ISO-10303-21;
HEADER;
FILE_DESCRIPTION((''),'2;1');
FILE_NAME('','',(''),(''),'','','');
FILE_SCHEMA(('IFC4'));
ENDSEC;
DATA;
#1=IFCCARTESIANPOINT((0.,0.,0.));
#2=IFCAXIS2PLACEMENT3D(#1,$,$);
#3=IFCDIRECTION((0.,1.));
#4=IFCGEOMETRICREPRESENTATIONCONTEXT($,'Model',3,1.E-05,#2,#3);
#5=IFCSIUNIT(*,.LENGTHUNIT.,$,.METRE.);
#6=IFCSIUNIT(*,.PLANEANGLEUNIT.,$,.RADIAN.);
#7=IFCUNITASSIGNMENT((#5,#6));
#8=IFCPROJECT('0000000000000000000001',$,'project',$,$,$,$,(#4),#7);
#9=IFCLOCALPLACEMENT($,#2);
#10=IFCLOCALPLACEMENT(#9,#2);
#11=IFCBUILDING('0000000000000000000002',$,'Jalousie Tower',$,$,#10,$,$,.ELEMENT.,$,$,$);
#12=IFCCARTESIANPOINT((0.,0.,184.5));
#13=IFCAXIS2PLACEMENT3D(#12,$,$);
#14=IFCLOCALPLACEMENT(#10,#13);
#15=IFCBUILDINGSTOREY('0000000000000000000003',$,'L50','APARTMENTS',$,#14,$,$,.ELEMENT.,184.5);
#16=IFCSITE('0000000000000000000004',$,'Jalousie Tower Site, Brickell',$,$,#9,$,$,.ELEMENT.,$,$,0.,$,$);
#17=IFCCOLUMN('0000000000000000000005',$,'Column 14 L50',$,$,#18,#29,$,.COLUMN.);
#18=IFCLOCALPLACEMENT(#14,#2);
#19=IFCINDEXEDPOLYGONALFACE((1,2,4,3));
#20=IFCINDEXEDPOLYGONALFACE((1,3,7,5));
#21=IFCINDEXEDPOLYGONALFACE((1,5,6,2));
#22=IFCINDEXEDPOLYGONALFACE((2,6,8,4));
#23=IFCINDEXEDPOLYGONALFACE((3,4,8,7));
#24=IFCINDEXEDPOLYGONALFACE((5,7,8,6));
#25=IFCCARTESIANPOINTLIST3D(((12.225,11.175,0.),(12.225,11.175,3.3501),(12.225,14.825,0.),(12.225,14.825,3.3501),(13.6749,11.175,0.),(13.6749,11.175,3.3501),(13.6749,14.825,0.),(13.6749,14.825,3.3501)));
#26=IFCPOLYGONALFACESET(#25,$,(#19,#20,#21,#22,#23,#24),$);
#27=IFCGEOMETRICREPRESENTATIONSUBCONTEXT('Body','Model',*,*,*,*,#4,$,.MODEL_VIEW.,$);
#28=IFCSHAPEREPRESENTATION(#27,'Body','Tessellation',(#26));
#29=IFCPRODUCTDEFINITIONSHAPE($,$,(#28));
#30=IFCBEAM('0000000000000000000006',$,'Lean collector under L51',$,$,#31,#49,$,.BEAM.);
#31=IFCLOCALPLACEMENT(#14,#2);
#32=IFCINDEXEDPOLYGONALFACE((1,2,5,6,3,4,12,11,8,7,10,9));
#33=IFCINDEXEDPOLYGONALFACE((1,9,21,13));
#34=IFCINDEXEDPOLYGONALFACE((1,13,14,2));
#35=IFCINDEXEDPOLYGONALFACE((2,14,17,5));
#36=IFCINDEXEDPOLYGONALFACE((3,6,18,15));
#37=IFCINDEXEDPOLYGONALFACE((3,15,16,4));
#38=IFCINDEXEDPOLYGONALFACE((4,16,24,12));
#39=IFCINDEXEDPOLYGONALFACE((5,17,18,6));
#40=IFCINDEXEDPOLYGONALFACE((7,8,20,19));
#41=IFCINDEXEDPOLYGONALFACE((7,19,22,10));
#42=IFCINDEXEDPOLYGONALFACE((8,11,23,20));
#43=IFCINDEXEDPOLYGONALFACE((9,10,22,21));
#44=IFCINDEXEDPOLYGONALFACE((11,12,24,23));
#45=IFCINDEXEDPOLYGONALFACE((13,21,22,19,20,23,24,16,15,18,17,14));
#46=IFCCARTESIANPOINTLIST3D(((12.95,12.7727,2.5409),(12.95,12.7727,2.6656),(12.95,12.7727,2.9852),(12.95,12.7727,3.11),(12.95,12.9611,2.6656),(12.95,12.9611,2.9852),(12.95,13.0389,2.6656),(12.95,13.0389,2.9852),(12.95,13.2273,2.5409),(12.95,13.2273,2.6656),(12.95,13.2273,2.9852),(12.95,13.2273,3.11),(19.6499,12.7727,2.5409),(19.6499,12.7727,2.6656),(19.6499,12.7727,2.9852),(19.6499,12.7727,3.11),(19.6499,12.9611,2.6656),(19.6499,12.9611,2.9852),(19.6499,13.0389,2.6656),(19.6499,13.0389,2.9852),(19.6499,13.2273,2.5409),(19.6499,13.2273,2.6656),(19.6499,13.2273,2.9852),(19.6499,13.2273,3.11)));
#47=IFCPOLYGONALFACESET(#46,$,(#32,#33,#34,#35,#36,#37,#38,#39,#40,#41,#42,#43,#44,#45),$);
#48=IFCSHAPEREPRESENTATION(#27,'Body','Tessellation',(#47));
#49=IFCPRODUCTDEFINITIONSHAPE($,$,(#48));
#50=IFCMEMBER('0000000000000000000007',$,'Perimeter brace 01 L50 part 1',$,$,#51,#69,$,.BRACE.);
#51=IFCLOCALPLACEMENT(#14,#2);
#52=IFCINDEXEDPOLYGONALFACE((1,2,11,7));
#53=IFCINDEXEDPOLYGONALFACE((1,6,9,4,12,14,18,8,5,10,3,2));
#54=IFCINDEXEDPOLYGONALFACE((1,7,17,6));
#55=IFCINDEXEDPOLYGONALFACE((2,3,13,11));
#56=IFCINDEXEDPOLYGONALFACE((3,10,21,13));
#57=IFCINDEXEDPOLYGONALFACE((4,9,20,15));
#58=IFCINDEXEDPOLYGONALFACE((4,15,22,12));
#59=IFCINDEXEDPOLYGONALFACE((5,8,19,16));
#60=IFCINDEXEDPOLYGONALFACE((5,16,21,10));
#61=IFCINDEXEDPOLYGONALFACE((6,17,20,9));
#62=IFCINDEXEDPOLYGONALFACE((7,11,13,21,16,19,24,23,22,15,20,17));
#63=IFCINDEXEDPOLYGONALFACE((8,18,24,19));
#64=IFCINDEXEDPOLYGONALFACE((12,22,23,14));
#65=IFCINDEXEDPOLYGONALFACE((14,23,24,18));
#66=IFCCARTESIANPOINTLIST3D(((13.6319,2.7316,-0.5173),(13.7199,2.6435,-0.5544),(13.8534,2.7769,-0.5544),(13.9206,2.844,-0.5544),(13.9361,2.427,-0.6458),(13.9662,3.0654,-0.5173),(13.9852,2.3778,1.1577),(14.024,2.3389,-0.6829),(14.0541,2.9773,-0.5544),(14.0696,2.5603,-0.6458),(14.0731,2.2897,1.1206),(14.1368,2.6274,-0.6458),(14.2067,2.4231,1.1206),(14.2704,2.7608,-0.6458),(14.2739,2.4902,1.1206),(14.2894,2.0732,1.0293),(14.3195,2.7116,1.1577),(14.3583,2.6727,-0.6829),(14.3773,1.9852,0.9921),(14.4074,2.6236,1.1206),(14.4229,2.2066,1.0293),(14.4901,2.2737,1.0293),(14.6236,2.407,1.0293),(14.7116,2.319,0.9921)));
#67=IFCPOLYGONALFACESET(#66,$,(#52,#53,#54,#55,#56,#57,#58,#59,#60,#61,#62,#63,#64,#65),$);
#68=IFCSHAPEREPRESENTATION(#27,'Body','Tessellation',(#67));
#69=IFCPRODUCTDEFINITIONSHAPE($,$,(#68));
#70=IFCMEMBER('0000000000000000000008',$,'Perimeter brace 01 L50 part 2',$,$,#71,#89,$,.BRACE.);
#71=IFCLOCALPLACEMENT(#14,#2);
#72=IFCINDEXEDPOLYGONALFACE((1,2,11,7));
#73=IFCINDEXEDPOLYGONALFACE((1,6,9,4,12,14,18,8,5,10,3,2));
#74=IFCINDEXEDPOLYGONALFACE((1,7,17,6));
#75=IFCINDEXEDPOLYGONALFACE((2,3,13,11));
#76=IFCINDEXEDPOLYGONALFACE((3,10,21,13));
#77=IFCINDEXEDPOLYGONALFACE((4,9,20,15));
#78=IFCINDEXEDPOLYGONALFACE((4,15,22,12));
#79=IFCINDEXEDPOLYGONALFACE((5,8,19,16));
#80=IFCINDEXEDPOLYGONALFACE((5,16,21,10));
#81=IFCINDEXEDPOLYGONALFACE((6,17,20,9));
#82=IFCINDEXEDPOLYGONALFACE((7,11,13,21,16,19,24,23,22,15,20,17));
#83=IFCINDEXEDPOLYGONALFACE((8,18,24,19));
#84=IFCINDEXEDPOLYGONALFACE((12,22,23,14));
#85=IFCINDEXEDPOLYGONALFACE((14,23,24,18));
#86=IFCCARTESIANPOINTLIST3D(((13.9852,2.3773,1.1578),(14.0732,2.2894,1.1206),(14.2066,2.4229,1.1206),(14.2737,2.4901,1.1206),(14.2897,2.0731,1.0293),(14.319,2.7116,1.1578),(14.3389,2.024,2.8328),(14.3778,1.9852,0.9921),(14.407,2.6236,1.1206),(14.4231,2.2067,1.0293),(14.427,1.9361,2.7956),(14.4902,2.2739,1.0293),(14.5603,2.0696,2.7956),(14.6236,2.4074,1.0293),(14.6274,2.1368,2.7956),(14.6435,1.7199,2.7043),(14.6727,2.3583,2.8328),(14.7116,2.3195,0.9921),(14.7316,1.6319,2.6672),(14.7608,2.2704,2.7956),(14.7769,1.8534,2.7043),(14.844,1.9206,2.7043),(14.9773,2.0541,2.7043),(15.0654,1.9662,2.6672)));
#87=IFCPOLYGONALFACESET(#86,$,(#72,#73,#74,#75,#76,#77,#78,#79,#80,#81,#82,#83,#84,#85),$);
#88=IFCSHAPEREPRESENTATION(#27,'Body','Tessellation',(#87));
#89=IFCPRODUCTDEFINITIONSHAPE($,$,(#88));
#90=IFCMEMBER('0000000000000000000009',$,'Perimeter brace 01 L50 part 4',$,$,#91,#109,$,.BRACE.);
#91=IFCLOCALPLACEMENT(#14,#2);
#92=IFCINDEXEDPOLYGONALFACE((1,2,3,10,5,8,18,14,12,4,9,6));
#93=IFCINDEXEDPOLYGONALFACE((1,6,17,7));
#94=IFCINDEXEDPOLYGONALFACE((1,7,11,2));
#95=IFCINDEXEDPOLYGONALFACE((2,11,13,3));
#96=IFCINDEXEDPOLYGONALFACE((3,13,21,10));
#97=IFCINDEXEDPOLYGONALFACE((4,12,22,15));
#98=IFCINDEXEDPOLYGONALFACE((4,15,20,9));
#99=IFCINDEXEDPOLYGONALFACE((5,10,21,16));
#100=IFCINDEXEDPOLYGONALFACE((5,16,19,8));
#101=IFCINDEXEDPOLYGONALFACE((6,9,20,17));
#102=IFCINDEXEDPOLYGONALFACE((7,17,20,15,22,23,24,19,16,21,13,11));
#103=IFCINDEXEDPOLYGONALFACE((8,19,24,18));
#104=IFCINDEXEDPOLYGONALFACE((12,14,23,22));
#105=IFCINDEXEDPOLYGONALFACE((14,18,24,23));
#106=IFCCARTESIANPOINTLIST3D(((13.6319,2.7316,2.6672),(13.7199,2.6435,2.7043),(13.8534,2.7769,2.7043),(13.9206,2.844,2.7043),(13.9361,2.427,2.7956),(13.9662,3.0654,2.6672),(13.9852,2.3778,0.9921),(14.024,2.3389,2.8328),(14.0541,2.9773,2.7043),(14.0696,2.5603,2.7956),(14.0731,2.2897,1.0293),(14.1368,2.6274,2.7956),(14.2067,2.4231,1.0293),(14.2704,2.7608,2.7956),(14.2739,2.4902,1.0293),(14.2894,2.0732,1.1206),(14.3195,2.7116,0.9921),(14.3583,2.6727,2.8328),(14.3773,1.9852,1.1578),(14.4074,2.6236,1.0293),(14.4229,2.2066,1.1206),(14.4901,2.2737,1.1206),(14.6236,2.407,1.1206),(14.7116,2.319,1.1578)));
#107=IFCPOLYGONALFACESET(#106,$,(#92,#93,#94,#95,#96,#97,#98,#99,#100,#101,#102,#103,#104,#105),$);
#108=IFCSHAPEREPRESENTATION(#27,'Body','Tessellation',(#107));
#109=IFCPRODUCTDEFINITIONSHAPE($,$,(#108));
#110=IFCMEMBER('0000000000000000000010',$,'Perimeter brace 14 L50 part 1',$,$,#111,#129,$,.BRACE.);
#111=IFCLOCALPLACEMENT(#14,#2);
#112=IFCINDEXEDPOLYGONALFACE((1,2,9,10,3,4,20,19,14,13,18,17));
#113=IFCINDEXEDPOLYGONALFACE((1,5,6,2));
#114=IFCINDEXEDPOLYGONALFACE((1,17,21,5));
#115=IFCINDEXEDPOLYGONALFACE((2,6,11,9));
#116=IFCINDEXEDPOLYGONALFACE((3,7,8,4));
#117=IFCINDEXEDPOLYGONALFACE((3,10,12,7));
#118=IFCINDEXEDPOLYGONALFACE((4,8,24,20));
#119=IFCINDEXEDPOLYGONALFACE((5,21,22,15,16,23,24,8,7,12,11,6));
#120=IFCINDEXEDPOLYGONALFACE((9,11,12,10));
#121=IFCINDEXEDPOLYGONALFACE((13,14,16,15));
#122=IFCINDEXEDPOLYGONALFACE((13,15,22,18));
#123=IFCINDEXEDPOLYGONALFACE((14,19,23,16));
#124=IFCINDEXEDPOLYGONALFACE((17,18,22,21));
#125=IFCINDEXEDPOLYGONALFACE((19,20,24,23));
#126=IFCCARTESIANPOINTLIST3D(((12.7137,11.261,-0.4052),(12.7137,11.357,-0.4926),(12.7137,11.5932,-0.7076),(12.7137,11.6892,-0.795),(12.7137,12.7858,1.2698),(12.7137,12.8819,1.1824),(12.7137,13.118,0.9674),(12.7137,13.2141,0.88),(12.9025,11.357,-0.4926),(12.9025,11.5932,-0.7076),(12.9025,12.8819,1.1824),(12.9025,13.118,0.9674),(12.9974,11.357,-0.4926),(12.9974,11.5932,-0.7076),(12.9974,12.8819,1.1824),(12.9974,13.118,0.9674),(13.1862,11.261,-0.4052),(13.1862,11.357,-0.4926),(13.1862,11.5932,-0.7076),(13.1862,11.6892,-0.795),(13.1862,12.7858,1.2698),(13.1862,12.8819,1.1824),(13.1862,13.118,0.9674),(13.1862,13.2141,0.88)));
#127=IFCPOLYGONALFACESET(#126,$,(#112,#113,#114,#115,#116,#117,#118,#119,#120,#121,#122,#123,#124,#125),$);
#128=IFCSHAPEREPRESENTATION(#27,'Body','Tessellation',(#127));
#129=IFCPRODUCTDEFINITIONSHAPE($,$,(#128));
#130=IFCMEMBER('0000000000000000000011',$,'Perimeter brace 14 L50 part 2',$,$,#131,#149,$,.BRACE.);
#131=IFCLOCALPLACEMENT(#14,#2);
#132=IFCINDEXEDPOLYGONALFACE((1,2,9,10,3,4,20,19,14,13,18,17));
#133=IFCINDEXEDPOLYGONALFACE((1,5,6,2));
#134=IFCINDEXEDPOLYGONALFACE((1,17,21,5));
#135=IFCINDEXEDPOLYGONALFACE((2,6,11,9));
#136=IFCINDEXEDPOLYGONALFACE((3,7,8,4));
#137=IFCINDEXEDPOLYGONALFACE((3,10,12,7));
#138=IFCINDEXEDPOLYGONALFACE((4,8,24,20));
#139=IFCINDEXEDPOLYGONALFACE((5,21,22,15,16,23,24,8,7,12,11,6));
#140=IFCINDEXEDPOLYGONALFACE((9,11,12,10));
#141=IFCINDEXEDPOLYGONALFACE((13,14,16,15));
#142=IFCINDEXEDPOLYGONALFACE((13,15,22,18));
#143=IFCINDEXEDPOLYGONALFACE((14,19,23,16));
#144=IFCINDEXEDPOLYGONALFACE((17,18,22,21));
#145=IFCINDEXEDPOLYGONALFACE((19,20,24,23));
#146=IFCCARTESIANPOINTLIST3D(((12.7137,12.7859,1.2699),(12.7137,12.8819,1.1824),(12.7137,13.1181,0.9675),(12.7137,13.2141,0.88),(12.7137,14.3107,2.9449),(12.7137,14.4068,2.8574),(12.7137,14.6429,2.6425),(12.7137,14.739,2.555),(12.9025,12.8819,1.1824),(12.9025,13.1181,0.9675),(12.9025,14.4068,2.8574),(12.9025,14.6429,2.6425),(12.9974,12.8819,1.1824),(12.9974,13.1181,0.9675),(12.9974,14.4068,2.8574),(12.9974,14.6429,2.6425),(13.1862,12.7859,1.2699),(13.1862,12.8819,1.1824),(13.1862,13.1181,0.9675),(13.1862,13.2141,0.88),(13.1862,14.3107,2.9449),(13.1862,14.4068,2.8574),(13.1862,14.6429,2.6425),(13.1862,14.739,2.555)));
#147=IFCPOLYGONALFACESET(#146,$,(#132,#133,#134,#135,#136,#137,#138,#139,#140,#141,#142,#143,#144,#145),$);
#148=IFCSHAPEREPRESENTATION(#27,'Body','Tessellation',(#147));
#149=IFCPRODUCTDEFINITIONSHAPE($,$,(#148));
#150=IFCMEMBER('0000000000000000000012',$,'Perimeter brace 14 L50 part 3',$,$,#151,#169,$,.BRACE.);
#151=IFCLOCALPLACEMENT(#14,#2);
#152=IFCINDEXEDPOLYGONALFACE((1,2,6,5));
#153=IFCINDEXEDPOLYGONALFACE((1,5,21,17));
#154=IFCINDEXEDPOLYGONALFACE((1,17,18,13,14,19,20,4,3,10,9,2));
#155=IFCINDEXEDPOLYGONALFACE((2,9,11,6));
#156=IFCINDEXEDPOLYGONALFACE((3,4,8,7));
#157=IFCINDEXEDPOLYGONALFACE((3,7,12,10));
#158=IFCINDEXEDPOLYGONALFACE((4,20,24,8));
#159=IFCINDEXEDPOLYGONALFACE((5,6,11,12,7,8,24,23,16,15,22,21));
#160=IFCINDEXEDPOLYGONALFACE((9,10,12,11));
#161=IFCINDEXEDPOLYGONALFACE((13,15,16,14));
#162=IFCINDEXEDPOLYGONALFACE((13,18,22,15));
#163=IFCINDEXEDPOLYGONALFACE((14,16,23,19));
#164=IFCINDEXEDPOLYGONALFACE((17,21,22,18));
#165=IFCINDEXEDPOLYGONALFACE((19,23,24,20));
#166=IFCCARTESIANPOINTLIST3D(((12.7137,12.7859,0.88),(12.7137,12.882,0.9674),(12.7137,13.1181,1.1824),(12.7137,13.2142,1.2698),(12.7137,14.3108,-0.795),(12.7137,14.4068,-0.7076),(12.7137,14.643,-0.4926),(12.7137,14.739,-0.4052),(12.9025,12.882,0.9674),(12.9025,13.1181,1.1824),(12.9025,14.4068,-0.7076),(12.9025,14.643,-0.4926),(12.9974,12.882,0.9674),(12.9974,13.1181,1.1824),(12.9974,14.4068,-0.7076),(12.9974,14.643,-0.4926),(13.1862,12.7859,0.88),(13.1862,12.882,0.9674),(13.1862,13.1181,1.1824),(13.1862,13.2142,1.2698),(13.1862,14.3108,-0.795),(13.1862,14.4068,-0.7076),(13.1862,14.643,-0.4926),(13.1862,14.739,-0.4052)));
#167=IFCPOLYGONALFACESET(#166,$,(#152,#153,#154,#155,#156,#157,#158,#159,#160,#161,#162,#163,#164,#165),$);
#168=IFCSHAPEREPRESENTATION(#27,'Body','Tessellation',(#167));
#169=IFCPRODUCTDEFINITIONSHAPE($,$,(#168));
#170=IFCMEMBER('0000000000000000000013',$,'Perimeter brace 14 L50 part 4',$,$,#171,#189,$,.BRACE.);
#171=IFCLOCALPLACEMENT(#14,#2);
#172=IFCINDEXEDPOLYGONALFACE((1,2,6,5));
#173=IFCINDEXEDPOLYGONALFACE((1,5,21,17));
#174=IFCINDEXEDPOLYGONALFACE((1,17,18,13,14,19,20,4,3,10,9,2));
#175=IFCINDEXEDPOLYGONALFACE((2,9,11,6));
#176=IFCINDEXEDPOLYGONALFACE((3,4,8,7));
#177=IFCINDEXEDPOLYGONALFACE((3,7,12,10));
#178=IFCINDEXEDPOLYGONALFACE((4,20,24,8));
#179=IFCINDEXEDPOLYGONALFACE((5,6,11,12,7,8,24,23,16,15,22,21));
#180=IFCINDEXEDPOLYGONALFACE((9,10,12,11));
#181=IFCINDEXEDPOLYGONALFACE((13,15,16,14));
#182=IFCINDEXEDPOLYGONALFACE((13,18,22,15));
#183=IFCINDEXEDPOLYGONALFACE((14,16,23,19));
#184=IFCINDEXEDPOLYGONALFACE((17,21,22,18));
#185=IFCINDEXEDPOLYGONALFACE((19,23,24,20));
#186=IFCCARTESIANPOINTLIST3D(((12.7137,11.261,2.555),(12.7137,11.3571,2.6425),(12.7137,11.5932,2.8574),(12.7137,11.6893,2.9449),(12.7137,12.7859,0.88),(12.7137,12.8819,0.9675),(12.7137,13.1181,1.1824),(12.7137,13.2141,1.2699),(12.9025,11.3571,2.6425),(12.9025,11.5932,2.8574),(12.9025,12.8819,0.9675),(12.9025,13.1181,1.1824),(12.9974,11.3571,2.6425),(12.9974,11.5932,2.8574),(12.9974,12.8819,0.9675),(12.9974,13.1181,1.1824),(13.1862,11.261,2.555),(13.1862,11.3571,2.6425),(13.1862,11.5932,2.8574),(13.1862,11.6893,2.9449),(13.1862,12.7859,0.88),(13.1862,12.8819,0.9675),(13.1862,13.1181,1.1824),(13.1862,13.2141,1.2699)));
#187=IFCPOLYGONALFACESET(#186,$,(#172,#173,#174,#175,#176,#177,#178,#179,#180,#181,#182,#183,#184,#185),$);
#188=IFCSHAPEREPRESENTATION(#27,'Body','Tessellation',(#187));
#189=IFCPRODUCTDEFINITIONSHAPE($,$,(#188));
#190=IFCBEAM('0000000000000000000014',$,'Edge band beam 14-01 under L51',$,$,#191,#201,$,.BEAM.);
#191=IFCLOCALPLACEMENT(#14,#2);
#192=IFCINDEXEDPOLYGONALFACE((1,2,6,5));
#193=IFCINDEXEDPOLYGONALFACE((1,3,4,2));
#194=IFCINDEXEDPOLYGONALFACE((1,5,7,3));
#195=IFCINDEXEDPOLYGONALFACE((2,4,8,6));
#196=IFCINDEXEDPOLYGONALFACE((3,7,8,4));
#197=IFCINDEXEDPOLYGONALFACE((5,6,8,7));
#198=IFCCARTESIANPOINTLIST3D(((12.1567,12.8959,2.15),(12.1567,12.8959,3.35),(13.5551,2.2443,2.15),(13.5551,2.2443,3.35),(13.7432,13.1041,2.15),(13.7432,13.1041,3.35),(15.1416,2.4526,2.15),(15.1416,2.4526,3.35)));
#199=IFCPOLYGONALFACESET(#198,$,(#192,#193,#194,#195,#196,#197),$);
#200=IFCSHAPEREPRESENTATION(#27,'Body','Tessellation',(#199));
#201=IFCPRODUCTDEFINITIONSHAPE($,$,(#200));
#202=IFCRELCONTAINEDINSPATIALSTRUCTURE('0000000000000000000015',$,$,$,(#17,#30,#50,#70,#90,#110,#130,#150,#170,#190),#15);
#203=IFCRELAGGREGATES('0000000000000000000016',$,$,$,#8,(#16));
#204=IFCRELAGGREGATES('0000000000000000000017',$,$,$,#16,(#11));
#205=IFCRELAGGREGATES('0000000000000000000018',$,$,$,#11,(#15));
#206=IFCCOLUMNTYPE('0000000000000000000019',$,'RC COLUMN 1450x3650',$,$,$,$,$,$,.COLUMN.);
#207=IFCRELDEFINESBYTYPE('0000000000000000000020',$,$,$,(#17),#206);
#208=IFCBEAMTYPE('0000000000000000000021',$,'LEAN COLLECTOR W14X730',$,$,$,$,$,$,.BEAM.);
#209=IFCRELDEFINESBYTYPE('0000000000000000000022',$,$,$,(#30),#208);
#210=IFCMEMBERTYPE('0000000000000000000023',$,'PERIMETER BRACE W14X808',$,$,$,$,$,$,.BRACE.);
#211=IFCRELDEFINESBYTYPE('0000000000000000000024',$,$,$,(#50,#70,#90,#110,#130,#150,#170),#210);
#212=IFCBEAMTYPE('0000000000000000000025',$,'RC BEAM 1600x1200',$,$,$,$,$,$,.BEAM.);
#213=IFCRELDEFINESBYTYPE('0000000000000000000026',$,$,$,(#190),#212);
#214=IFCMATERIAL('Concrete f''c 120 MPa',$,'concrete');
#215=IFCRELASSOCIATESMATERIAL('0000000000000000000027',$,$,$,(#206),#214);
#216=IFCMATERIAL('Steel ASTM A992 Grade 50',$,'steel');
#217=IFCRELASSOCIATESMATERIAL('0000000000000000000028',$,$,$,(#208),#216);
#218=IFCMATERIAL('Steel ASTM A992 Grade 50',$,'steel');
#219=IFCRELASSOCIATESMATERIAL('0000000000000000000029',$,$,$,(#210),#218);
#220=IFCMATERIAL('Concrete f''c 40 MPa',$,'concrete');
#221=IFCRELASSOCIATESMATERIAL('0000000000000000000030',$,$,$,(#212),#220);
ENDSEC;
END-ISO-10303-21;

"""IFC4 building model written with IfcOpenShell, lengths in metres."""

from ifc_helpers import new_model, si_unit, direction, frame, origin, origin_2d, place, context, subcontext, project, spatial, rectangle, i_section, extrude, material, material_profile, profile_set, type_object, element, save


model = new_model("IFC4")

# Units and contexts
model_context = context("Model", 3, precision=1e-05, world=origin(), true_north=direction((0.0, 1.0)))
body_context = subcontext(model_context, "Body", "Model", "MODEL_VIEW")
ifc_project = project(units=[si_unit("LENGTHUNIT", "METRE"), si_unit("PLANEANGLEUNIT", "RADIAN")], contexts=[model_context])

# Site, building, storey
site_placement = place(None, origin())
site = spatial("IfcSite", under=ifc_project, at=site_placement, Name="Jalousie Tower Site, Brickell", CompositionType="ELEMENT", RefElevation=0.0)
building_placement = place(site_placement, origin())
building = spatial("IfcBuilding", under=site, at=building_placement, Name="Jalousie Tower", CompositionType="ELEMENT")
storey_placement = place(building_placement, frame((0.0, 0.0, 184.5)))
storey = spatial("IfcBuildingStorey", under=building, at=storey_placement, Name="L50", Description="APARTMENTS", CompositionType="ELEMENT", Elevation=184.5)

# Column
ifc_material_1 = material(Name="Concrete f'c 120 MPa", Category="concrete")
ifc_material_profile_1 = material_profile(ifc_material_1, rectangle(XDim=1.45, YDim=3.6499, at=origin_2d()), Name="RC 1450x3650")
ifc_profile_set_1 = profile_set([ifc_material_profile_1], Name="Concrete f'c 120 MPa")
column_type = type_object("IfcColumnType", Name="RC COLUMN 1450x3650", PredefinedType="COLUMN", material=ifc_profile_set_1)
column_placement = place(storey_placement, frame((12.95, 13.0, 0.0), z_axis=(0.0, 0.0, 1.0), x_axis=(1.0, 0.0, 0.0)))
element("IfcColumn", 1, at=column_placement, inside=storey, type_object=column_type, Name="Column 14 L50", PredefinedType="COLUMN", context=body_context, shape_type="SweptSolid", body=[
    extrude(rectangle(XDim=1.45, YDim=3.6499, at=origin_2d()), origin(), (0.0, 0.0, 1.0), 3.3501),
])

# Beam
ifc_material_2 = material(Name="Steel ASTM A992 Grade 50", Category="steel")
ifc_material_profile_2 = material_profile(ifc_material_2, i_section(OverallWidth=0.4546, OverallDepth=0.5691, WebThickness=0.0779, FlangeThickness=0.1248, at=origin_2d()), Name="W14X730")
ifc_profile_set_2 = profile_set([ifc_material_profile_2], Name="Steel ASTM A992 Grade 50")
beam_type_1 = type_object("IfcBeamType", Name="LEAN COLLECTOR W14X730", PredefinedType="BEAM", material=ifc_profile_set_2)
beam_1_placement = place(storey_placement, frame((12.95, 13.0, 2.8254), z_axis=(1.0, 0.0, 0.0), x_axis=(0.0, 1.0, 0.0)))
element("IfcBeam", 2, at=beam_1_placement, inside=storey, type_object=beam_type_1, Name="Lean collector under L51", PredefinedType="BEAM", context=body_context, shape_type="SweptSolid", body=[
    extrude(i_section(OverallWidth=0.4546, OverallDepth=0.5691, WebThickness=0.0779, FlangeThickness=0.1248, at=origin_2d()), origin(), (0.0, 0.0, 1.0), 6.7),
])

# Members
ifc_material_3 = material(Name="Steel ASTM A992 Grade 50", Category="steel")
ifc_material_profile_3 = material_profile(ifc_material_3, i_section(OverallWidth=0.4724, OverallDepth=0.5791, WebThickness=0.095, FlangeThickness=0.1299, at=origin_2d()), Name="W14X808")
ifc_profile_set_3 = profile_set([ifc_material_profile_3], Name="Steel ASTM A992 Grade 50")
member_type = type_object("IfcMemberType", Name="PERIMETER BRACE W14X808", PredefinedType="BRACE", material=ifc_profile_set_3)
for number, where, z_axis, x_axis, name in (
    (3, (13.9951, 2.7021, -0.6001), (0.202093, -0.202372, 0.95823), (0.707595, 0.706618, 0.0), "Perimeter brace 01 L50 part 1"),
    (4, (14.3484, 2.3484, 1.075), (0.202372, -0.202093, 0.95823), (0.706618, 0.707595, 0.0), "Perimeter brace 01 L50 part 2"),
    (5, (14.3484, 2.3484, 1.075), (-0.202093, 0.202372, 0.95823), (-0.707595, -0.706618, 0.0), "Perimeter brace 01 L50 part 4"),
):
    element("IfcMember", number, at=place(storey_placement, frame(where, z_axis=z_axis, x_axis=x_axis)), inside=storey, type_object=member_type, Name=name, PredefinedType="BRACE", context=body_context, shape_type="SweptSolid", body=[
        extrude(i_section(OverallWidth=0.4724, OverallDepth=0.5791, WebThickness=0.095, FlangeThickness=0.1299, at=origin_2d()), origin(), (0.0, 0.0, 1.0), 1.748),
    ])
for number, where, z_axis, x_axis, name in (
    (6, (12.95, 11.4751, -0.6001), (0.0, 0.673188, 0.739472), (-1.0, 0.0, 0.0), "Perimeter brace 14 L50 part 1"),
    (7, (12.95, 13.0, 1.075), (0.0, 0.673188, 0.739472), (-1.0, 0.0, 0.0), "Perimeter brace 14 L50 part 2"),
    (8, (12.95, 14.5249, -0.6001), (0.0, -0.673188, 0.739472), (1.0, 0.0, 0.0), "Perimeter brace 14 L50 part 3"),
    (9, (12.95, 13.0, 1.075), (0.0, -0.673188, 0.739472), (1.0, 0.0, 0.0), "Perimeter brace 14 L50 part 4"),
):
    element("IfcMember", number, at=place(storey_placement, frame(where, z_axis=z_axis, x_axis=x_axis)), inside=storey, type_object=member_type, Name=name, PredefinedType="BRACE", context=body_context, shape_type="SweptSolid", body=[
        extrude(i_section(OverallWidth=0.4724, OverallDepth=0.5791, WebThickness=0.095, FlangeThickness=0.1299, at=origin_2d()), origin(), (0.0, 0.0, 1.0), 2.2651),
    ])

# Beam
ifc_material_4 = material(Name="Concrete f'c 40 MPa", Category="concrete")
ifc_material_profile_4 = material_profile(ifc_material_4, rectangle(XDim=1.6001, YDim=1.2, at=origin_2d()), Name="RC 1600x1200")
ifc_profile_set_4 = profile_set([ifc_material_profile_4], Name="Concrete f'c 40 MPa")
beam_type_2 = type_object("IfcBeamType", Name="RC BEAM 1600x1200", PredefinedType="BEAM", material=ifc_profile_set_4)
beam_2_placement = place(storey_placement, frame((12.95, 13.0, 2.75), z_axis=(0.130172, -0.991491, 0.0), x_axis=(0.991491, 0.130172, 0.0)))
element("IfcBeam", 10, at=beam_2_placement, inside=storey, type_object=beam_type_2, Name="Edge band beam 14-01 under L51", PredefinedType="BEAM", context=body_context, shape_type="SweptSolid", body=[
    extrude(rectangle(XDim=1.6001, YDim=1.2, at=origin_2d()), origin(), (0.0, 0.0, 1.0), 10.7429),
])

save(model, "model.ifc")
